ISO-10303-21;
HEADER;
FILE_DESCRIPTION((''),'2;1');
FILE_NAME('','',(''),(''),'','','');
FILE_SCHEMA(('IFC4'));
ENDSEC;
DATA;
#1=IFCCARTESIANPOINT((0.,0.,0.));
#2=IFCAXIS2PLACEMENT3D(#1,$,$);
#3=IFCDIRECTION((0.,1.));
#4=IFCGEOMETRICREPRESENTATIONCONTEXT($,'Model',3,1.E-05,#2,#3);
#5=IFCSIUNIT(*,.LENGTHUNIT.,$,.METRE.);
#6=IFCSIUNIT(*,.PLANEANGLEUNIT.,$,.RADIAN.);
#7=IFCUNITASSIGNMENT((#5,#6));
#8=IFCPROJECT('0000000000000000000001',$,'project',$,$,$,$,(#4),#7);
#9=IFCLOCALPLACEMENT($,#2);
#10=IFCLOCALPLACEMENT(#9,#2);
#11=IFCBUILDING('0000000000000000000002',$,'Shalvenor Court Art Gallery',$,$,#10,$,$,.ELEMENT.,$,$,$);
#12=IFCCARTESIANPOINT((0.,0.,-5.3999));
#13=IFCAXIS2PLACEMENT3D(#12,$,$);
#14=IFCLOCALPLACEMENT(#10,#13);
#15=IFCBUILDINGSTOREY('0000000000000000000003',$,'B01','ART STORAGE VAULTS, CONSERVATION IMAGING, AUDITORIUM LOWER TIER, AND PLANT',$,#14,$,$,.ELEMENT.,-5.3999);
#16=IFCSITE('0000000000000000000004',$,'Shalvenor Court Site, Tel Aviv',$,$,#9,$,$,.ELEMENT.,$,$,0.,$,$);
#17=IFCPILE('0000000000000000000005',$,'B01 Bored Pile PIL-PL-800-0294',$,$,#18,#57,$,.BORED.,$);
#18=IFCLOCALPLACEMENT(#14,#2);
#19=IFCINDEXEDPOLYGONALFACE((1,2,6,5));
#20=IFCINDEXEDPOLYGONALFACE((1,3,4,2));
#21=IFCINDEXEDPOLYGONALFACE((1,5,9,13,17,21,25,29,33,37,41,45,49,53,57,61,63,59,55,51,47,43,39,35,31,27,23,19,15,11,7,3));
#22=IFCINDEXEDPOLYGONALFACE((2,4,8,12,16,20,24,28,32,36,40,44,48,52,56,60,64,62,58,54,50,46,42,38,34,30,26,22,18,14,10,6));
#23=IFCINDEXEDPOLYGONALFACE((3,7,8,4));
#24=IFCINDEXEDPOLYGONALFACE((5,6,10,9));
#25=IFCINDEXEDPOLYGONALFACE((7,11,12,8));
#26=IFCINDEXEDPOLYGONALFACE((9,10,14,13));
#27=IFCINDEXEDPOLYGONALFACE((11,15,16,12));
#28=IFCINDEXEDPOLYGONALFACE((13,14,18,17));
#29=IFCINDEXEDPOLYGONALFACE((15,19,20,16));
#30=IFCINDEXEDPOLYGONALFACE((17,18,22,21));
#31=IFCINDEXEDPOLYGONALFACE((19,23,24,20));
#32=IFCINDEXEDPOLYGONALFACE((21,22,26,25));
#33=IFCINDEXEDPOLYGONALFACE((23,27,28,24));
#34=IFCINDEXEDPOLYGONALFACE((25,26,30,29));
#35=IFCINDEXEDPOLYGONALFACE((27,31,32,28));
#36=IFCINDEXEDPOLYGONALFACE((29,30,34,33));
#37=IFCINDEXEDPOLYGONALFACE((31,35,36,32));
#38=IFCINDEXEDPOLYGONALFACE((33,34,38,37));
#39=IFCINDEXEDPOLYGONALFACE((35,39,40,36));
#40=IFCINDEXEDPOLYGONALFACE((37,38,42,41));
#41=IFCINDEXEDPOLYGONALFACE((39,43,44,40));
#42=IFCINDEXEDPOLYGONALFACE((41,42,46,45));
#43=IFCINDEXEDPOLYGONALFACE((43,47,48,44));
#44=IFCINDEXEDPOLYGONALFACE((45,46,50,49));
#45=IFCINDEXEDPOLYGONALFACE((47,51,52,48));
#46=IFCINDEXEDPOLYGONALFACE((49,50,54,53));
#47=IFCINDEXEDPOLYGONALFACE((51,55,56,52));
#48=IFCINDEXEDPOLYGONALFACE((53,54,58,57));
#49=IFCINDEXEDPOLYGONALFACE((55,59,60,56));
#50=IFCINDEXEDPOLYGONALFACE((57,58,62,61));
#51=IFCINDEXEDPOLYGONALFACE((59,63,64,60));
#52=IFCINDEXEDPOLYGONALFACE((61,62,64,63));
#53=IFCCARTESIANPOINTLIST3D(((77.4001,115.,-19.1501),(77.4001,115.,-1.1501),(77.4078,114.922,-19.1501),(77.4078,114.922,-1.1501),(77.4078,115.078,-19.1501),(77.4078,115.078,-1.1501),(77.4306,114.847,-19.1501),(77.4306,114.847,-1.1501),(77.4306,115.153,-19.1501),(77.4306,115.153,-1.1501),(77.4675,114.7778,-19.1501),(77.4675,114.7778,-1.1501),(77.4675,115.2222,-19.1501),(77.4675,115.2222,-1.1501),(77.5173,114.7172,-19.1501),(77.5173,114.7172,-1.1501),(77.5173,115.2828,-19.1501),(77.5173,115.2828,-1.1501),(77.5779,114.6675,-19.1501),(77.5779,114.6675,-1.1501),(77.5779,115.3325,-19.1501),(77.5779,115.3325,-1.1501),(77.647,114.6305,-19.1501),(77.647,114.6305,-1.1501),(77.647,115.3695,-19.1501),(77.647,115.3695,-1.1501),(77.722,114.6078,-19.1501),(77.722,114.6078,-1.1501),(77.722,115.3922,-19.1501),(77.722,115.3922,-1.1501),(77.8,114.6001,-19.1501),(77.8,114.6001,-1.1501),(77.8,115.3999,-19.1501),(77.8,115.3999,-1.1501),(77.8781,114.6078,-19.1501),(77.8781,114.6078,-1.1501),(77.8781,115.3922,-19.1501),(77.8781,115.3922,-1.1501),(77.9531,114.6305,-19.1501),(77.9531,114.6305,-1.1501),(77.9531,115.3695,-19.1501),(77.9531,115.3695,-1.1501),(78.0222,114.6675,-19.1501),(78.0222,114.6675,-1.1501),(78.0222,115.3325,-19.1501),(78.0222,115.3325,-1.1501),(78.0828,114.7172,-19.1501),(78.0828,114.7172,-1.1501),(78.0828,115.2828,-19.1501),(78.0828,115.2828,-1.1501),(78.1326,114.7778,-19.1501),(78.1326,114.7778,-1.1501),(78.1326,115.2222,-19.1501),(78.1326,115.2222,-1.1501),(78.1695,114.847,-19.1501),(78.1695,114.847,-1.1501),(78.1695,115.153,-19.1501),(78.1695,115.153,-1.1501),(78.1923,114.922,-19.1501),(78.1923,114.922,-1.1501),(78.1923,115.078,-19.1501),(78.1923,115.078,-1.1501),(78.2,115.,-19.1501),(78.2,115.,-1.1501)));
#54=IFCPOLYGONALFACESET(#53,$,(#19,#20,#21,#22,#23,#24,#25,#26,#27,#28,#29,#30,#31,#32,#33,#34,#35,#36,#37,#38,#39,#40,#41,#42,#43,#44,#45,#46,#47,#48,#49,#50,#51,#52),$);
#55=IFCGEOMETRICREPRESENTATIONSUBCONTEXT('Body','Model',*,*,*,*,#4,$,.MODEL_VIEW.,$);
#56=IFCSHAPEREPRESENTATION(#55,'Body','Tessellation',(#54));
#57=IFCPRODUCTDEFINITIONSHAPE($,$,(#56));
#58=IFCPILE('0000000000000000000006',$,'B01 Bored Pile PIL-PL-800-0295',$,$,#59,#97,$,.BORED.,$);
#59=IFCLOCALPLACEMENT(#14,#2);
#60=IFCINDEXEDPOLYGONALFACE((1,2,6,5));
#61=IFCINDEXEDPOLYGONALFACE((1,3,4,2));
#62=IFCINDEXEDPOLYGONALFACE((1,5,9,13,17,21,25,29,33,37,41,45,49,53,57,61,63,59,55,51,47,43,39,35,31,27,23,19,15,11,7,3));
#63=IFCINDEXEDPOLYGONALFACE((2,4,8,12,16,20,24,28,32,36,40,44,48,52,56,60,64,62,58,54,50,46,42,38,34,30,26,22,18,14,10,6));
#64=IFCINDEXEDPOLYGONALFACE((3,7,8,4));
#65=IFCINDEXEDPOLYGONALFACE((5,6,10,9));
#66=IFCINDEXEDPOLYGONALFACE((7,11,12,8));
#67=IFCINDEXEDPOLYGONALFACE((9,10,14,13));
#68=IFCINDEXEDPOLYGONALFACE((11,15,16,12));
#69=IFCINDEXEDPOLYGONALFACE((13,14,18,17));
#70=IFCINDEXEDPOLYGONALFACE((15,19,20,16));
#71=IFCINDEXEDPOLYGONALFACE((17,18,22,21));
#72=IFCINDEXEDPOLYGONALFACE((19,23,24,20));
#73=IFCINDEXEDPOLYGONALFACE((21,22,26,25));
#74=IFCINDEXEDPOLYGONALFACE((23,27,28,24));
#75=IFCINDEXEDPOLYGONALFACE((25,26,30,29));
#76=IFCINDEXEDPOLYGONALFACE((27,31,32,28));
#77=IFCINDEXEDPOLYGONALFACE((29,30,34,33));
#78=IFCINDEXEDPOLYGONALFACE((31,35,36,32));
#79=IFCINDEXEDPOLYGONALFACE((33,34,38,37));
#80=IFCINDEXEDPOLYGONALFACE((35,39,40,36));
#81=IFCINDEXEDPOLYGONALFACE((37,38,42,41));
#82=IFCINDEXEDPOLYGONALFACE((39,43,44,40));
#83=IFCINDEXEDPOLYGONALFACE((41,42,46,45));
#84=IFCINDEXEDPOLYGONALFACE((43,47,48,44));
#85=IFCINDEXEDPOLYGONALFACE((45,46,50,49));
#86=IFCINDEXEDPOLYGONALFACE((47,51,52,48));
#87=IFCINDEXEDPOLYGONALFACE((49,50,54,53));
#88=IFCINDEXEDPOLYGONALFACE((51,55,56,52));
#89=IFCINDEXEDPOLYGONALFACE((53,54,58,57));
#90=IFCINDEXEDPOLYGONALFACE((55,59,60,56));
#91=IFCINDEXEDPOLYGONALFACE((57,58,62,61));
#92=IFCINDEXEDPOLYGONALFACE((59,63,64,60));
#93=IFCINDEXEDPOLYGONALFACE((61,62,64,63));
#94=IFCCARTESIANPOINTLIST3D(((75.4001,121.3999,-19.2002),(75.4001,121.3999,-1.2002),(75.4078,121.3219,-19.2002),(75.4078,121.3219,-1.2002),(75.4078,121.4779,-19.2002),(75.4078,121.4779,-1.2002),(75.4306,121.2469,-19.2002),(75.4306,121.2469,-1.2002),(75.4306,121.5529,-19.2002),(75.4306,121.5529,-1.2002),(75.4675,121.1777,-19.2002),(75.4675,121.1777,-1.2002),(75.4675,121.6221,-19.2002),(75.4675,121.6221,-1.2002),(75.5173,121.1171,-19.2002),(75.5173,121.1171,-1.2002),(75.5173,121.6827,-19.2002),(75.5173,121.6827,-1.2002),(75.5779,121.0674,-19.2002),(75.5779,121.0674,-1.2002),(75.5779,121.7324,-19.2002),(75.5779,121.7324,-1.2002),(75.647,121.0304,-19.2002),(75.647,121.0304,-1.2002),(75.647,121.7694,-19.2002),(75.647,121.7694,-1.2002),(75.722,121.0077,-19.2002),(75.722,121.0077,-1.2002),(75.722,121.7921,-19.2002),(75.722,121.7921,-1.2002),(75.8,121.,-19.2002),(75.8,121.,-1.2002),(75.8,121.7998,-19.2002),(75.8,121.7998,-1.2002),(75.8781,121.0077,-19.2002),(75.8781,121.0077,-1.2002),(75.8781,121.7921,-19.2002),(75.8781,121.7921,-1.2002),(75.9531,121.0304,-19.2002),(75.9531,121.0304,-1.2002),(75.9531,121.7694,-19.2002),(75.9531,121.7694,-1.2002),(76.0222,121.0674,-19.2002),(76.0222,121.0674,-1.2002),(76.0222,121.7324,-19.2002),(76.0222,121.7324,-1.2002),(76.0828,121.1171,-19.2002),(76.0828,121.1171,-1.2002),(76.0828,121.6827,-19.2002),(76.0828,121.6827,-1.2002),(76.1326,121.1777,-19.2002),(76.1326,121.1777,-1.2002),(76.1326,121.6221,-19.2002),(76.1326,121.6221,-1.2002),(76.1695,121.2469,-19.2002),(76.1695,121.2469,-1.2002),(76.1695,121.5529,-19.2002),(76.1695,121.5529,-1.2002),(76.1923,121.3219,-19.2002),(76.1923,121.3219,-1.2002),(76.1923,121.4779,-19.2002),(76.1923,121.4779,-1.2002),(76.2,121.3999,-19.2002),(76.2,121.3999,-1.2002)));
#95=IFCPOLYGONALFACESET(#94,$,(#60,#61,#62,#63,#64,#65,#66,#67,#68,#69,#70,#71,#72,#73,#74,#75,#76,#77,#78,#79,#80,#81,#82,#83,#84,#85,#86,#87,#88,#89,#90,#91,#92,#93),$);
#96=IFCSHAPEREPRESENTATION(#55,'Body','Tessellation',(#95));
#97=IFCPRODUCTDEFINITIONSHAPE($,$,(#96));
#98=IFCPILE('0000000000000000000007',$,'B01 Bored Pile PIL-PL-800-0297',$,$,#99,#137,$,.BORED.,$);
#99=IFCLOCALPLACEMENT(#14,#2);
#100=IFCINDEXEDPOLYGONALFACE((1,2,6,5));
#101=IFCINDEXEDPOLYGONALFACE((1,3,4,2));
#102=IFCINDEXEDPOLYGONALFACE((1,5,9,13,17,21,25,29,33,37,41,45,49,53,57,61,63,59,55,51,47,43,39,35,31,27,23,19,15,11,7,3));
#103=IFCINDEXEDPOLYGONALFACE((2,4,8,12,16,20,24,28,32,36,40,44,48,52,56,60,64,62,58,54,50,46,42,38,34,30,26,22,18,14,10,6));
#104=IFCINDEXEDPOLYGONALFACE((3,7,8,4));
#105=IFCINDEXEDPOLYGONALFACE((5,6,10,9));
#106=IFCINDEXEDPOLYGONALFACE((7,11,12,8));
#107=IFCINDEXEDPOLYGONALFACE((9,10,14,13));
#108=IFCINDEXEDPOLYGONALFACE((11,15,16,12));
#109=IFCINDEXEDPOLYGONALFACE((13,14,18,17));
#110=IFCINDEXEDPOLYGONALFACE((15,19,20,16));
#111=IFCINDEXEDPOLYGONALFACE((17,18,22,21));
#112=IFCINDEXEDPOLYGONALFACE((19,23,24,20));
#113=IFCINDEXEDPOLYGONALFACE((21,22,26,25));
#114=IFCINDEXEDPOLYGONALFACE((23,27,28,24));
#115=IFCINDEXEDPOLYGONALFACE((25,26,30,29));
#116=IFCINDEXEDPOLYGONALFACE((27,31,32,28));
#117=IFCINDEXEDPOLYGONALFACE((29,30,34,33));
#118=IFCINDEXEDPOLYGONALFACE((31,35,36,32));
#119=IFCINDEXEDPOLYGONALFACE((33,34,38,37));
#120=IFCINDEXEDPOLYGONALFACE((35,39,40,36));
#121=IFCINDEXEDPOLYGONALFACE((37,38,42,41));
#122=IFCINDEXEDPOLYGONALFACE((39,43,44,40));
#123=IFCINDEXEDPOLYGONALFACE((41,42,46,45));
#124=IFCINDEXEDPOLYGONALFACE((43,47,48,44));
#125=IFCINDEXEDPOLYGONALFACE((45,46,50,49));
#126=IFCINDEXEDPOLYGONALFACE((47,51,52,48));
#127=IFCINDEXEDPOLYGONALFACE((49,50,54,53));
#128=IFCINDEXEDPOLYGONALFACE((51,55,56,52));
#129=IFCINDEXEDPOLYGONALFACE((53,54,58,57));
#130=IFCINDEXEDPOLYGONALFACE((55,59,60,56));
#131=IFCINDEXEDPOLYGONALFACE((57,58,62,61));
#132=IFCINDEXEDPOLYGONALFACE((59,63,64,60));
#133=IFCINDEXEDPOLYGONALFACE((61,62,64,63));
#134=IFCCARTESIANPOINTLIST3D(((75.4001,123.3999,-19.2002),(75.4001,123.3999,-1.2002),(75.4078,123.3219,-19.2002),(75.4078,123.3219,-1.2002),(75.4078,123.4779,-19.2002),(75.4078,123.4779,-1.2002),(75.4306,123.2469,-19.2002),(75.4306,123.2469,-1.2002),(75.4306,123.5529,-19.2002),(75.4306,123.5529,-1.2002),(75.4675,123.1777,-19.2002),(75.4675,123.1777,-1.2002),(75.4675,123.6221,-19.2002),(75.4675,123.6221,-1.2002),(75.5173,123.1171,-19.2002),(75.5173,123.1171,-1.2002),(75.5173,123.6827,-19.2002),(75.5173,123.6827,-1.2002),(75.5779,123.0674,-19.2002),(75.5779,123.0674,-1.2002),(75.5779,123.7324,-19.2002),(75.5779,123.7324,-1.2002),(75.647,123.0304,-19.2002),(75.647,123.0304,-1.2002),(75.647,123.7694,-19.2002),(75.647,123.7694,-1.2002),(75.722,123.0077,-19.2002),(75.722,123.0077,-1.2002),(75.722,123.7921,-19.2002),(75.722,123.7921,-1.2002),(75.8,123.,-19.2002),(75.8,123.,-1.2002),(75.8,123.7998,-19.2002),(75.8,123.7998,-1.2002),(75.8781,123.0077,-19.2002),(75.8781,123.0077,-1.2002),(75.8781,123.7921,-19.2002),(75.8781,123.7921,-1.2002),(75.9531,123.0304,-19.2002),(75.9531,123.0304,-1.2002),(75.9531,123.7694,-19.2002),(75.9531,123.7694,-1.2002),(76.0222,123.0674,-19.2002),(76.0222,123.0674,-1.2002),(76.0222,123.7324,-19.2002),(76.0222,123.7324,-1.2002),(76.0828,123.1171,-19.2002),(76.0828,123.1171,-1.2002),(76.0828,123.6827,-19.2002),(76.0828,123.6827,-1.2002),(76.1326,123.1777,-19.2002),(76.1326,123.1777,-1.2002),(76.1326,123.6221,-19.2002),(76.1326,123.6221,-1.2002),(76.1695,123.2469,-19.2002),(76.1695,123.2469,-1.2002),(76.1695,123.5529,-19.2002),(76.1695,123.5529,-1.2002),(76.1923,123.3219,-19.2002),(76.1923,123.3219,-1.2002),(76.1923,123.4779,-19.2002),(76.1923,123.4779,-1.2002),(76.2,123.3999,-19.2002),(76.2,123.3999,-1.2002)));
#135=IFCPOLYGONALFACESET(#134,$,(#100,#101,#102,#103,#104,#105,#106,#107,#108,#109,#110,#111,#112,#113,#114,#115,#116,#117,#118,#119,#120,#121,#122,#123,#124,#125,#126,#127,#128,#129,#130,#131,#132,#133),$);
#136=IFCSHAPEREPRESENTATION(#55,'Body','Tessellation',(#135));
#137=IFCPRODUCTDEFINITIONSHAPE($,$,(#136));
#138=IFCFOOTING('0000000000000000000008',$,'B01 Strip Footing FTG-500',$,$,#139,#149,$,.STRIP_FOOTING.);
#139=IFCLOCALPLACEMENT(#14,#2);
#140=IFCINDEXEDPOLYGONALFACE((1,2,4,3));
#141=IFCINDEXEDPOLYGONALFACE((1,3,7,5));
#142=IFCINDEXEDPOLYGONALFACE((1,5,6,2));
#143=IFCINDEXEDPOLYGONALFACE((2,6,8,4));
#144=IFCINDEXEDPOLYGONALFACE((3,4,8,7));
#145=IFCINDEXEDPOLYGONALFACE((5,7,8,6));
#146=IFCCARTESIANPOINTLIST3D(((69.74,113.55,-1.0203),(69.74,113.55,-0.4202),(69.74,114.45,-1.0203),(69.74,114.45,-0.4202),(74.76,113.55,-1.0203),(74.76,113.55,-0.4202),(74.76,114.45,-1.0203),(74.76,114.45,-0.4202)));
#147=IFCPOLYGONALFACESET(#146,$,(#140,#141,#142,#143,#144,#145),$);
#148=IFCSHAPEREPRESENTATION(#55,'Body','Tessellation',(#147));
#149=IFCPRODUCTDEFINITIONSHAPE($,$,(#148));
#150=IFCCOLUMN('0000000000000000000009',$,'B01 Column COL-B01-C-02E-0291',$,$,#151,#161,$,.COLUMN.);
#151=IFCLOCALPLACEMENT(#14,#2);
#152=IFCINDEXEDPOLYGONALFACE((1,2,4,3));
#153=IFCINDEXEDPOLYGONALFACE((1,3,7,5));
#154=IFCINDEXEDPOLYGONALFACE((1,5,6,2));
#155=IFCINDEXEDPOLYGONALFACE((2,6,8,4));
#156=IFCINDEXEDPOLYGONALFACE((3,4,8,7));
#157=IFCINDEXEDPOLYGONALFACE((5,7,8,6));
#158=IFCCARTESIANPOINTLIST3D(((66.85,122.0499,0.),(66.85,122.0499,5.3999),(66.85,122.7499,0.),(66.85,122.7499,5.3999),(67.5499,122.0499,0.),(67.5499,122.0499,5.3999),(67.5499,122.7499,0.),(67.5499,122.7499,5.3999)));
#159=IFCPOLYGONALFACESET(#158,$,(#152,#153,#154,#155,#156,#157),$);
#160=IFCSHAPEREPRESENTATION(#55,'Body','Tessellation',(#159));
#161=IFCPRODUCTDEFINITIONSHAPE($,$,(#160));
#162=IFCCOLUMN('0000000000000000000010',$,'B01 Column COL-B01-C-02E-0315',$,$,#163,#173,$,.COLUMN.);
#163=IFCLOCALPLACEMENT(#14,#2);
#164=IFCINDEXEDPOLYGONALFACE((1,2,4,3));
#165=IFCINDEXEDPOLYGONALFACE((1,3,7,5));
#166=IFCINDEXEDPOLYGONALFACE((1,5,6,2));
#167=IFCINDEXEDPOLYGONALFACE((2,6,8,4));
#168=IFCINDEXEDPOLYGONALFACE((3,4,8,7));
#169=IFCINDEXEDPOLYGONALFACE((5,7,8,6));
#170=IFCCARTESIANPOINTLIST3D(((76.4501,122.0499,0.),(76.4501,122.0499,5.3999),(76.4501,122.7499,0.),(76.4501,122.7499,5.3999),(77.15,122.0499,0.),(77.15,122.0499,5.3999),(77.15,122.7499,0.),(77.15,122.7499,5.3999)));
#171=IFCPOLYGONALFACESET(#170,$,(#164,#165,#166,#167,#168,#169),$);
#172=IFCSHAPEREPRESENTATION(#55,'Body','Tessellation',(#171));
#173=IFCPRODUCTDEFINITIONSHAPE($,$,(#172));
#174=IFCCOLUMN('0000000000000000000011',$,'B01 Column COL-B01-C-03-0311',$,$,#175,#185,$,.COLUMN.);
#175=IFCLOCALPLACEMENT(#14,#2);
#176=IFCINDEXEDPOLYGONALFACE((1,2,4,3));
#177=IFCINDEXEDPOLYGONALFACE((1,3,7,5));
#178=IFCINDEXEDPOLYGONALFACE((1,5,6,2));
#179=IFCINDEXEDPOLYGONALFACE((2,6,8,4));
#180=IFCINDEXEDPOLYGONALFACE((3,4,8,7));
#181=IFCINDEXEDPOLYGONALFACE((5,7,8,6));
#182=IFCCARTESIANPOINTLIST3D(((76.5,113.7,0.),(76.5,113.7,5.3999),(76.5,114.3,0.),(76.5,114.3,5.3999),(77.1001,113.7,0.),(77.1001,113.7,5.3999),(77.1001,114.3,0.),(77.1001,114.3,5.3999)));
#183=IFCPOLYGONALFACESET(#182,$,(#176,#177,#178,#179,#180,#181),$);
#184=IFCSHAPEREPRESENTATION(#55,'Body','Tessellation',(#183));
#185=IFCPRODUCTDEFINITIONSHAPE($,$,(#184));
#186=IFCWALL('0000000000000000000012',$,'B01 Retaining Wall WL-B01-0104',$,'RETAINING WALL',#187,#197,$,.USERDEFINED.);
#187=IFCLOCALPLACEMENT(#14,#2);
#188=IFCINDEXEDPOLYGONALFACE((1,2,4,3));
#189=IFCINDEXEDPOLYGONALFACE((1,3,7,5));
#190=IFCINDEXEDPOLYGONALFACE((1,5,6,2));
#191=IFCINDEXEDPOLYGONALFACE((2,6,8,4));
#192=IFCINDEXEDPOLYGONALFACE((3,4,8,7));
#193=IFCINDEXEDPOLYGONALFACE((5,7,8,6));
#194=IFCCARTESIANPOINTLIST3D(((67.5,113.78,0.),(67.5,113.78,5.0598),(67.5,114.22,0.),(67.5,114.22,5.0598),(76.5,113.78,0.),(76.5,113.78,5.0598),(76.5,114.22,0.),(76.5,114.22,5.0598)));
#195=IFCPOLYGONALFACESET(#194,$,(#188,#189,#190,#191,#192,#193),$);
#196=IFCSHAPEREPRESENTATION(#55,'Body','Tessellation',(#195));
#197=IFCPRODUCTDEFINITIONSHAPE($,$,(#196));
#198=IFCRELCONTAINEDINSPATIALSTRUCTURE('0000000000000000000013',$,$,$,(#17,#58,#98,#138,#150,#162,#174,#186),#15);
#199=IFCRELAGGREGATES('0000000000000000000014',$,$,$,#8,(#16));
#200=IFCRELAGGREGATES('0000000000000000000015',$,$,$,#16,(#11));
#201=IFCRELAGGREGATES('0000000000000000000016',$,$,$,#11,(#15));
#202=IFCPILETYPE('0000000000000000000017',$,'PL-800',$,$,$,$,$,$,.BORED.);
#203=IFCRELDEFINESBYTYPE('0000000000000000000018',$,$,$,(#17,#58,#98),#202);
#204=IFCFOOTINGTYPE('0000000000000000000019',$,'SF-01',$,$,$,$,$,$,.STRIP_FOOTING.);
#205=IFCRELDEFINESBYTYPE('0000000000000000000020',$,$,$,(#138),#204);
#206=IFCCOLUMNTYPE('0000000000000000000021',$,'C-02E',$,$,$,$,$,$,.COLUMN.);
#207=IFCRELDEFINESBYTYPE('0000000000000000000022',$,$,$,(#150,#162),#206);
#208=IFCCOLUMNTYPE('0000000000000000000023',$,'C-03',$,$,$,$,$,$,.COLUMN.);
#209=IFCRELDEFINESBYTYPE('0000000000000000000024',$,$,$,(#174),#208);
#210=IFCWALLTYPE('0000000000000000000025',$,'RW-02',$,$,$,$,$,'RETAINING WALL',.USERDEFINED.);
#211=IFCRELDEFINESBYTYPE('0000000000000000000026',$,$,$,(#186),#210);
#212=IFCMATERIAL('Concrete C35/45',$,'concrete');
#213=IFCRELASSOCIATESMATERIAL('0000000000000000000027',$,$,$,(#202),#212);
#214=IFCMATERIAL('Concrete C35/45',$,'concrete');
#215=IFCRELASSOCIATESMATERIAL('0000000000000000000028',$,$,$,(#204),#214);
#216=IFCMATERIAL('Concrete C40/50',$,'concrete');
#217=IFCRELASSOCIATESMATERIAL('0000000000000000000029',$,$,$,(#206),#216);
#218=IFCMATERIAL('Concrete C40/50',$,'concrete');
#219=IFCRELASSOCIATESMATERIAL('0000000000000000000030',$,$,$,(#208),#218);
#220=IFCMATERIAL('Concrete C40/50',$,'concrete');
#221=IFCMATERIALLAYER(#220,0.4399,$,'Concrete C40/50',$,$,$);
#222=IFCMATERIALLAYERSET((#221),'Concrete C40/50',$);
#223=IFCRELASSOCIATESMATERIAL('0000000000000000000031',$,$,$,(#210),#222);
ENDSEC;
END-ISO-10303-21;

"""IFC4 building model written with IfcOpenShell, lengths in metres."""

from ifc_helpers import new_model, si_unit, direction, frame, frame_2d, origin, origin_2d, place, context, subcontext, project, spatial, rectangle, circle, extrude, material, layer, layer_set, material_profile, profile_set, type_object, element, save


model = new_model("IFC4")

# Units and contexts
model_context = context("Model", 3, precision=1e-05, world=origin(), true_north=direction((0.0, 1.0)))
body_context = subcontext(model_context, "Body", "Model", "MODEL_VIEW")
ifc_project = project(units=[si_unit("LENGTHUNIT", "METRE"), si_unit("PLANEANGLEUNIT", "RADIAN")], contexts=[model_context])

# Site, building, storey
site_placement = place(None, origin())
site = spatial("IfcSite", under=ifc_project, at=site_placement, Name="Shalvenor Court Site, Tel Aviv", CompositionType="ELEMENT", RefElevation=0.0)
building_placement = place(site_placement, origin())
building = spatial("IfcBuilding", under=site, at=building_placement, Name="Shalvenor Court Art Gallery", CompositionType="ELEMENT")
storey_placement = place(building_placement, frame((0.0, 0.0, -5.3999)))
storey = spatial("IfcBuildingStorey", under=building, at=storey_placement, Name="B01", Description="ART STORAGE VAULTS, CONSERVATION IMAGING, AUDITORIUM LOWER TIER, AND PLANT", CompositionType="ELEMENT", Elevation=-5.3999)

# Piles
ifc_material_1 = material(Name="Concrete C35/45", Category="concrete")
ifc_material_profile_1 = material_profile(ifc_material_1, circle(Radius=0.3999, at=origin_2d()), Name="PILE 800")
ifc_profile_set_1 = profile_set([ifc_material_profile_1], Name="Concrete C35/45")
pile_type_1 = type_object("IfcPileType", Name="PL-800", PredefinedType="BORED", material=ifc_profile_set_1)
for number, where, z_axis, x_axis, name in (
    (1, (77.8, 115.0, -1.1501), (0.0, 0.0, -1.0), (1.0, 0.0, 0.0), "B01 Bored Pile PIL-PL-800-0294"),
    (2, (75.8, 121.3999, -1.2002), (0.0, 0.0, -1.0), (1.0, 0.0, 0.0), "B01 Bored Pile PIL-PL-800-0295"),
    (3, (75.8, 123.3999, -1.2002), (0.0, 0.0, -1.0), (1.0, 0.0, 0.0), "B01 Bored Pile PIL-PL-800-0297"),
):
    element("IfcPile", number, at=place(storey_placement, frame(where, z_axis=z_axis, x_axis=x_axis)), inside=storey, type_object=pile_type_1, Name=name, PredefinedType="BORED", context=body_context, shape_type="SweptSolid", body=[
        extrude(circle(Radius=0.3999, at=origin_2d()), origin(), (0.0, 0.0, 1.0), 18.0),
    ])

# Footing
ifc_material_2 = material(Name="Concrete C35/45", Category="concrete")
footing_type_1 = type_object("IfcFootingType", Name="SF-01", PredefinedType="STRIP_FOOTING", material=ifc_material_2)
footing_1_placement = place(storey_placement, frame((72.25, 114.0, -1.0203), z_axis=(0.0, 0.0, 1.0), x_axis=(1.0, 0.0, 0.0)))
element("IfcFooting", 4, at=footing_1_placement, inside=storey, type_object=footing_type_1, Name="B01 Strip Footing FTG-500", PredefinedType="STRIP_FOOTING", context=body_context, shape_type="SweptSolid", body=[
    extrude(rectangle(XDim=5.02, YDim=0.8999, at=origin_2d()), origin(), (0.0, 0.0, 1.0), 0.6001),
])

# Columns
ifc_material_3 = material(Name="Concrete C40/50", Category="concrete")
ifc_material_profile_2 = material_profile(ifc_material_3, rectangle(XDim=0.7, YDim=0.7, at=origin_2d()), Name="RC 700x700")
ifc_profile_set_2 = profile_set([ifc_material_profile_2], Name="Concrete C40/50")
column_type_1 = type_object("IfcColumnType", Name="C-02E", PredefinedType="COLUMN", material=ifc_profile_set_2)
for number, where, z_axis, x_axis, name in (
    (5, (67.2, 122.3999, 0.0), (0.0, 0.0, 1.0), (1.0, 0.0, 0.0), "B01 Column COL-B01-C-02E-0291"),
    (6, (76.8, 122.3999, 0.0), (0.0, 0.0, 1.0), (1.0, 0.0, 0.0), "B01 Column COL-B01-C-02E-0315"),
):
    element("IfcColumn", number, at=place(storey_placement, frame(where, z_axis=z_axis, x_axis=x_axis)), inside=storey, type_object=column_type_1, Name=name, PredefinedType="COLUMN", context=body_context, shape_type="SweptSolid", body=[
        extrude(rectangle(XDim=0.7, YDim=0.7, at=origin_2d()), origin(), (0.0, 0.0, 1.0), 5.3999),
    ])
ifc_material_4 = material(Name="Concrete C40/50", Category="concrete")
ifc_material_profile_3 = material_profile(ifc_material_4, rectangle(XDim=0.6001, YDim=0.6001, at=origin_2d()), Name="RC 600x600")
ifc_profile_set_3 = profile_set([ifc_material_profile_3], Name="Concrete C40/50")
column_type_2 = type_object("IfcColumnType", Name="C-03", PredefinedType="COLUMN", material=ifc_profile_set_3)
column_placement = place(storey_placement, frame((76.8, 114.0, 0.0), z_axis=(0.0, 0.0, 1.0), x_axis=(1.0, 0.0, 0.0)))
element("IfcColumn", 7, at=column_placement, inside=storey, type_object=column_type_2, Name="B01 Column COL-B01-C-03-0311", PredefinedType="COLUMN", context=body_context, shape_type="SweptSolid", body=[
    extrude(rectangle(XDim=0.6001, YDim=0.6001, at=origin_2d()), origin(), (0.0, 0.0, 1.0), 5.3999),
])

# Wall
ifc_material_5 = material(Name="Concrete C40/50", Category="concrete")
ifc_layer = layer(ifc_material_5, 0.4399, Name="Concrete C40/50")
ifc_layer_set = layer_set([ifc_layer], Name="Concrete C40/50")
wall_type = type_object("IfcWallType", Name="RW-02", ElementType="RETAINING WALL", PredefinedType="USERDEFINED", material=ifc_layer_set)
for number, where, z_axis, x_axis, name in (
    (8, (67.5, 114.0, 0.0), (0.0, 0.0, 1.0), (1.0, 0.0, 0.0), "B01 Retaining Wall WL-B01-0104"),
):
    element("IfcWall", number, at=place(storey_placement, frame(where, z_axis=z_axis, x_axis=x_axis)), inside=storey, type_object=wall_type, Name=name, ObjectType="RETAINING WALL", PredefinedType="USERDEFINED", context=body_context, shape_type="SweptSolid", body=[
        extrude(rectangle(XDim=9.0, YDim=0.4399, at=frame_2d((4.5, 0.0))), origin(), (0.0, 0.0, 1.0), 5.0598),
    ])

save(model, "model.ifc")
